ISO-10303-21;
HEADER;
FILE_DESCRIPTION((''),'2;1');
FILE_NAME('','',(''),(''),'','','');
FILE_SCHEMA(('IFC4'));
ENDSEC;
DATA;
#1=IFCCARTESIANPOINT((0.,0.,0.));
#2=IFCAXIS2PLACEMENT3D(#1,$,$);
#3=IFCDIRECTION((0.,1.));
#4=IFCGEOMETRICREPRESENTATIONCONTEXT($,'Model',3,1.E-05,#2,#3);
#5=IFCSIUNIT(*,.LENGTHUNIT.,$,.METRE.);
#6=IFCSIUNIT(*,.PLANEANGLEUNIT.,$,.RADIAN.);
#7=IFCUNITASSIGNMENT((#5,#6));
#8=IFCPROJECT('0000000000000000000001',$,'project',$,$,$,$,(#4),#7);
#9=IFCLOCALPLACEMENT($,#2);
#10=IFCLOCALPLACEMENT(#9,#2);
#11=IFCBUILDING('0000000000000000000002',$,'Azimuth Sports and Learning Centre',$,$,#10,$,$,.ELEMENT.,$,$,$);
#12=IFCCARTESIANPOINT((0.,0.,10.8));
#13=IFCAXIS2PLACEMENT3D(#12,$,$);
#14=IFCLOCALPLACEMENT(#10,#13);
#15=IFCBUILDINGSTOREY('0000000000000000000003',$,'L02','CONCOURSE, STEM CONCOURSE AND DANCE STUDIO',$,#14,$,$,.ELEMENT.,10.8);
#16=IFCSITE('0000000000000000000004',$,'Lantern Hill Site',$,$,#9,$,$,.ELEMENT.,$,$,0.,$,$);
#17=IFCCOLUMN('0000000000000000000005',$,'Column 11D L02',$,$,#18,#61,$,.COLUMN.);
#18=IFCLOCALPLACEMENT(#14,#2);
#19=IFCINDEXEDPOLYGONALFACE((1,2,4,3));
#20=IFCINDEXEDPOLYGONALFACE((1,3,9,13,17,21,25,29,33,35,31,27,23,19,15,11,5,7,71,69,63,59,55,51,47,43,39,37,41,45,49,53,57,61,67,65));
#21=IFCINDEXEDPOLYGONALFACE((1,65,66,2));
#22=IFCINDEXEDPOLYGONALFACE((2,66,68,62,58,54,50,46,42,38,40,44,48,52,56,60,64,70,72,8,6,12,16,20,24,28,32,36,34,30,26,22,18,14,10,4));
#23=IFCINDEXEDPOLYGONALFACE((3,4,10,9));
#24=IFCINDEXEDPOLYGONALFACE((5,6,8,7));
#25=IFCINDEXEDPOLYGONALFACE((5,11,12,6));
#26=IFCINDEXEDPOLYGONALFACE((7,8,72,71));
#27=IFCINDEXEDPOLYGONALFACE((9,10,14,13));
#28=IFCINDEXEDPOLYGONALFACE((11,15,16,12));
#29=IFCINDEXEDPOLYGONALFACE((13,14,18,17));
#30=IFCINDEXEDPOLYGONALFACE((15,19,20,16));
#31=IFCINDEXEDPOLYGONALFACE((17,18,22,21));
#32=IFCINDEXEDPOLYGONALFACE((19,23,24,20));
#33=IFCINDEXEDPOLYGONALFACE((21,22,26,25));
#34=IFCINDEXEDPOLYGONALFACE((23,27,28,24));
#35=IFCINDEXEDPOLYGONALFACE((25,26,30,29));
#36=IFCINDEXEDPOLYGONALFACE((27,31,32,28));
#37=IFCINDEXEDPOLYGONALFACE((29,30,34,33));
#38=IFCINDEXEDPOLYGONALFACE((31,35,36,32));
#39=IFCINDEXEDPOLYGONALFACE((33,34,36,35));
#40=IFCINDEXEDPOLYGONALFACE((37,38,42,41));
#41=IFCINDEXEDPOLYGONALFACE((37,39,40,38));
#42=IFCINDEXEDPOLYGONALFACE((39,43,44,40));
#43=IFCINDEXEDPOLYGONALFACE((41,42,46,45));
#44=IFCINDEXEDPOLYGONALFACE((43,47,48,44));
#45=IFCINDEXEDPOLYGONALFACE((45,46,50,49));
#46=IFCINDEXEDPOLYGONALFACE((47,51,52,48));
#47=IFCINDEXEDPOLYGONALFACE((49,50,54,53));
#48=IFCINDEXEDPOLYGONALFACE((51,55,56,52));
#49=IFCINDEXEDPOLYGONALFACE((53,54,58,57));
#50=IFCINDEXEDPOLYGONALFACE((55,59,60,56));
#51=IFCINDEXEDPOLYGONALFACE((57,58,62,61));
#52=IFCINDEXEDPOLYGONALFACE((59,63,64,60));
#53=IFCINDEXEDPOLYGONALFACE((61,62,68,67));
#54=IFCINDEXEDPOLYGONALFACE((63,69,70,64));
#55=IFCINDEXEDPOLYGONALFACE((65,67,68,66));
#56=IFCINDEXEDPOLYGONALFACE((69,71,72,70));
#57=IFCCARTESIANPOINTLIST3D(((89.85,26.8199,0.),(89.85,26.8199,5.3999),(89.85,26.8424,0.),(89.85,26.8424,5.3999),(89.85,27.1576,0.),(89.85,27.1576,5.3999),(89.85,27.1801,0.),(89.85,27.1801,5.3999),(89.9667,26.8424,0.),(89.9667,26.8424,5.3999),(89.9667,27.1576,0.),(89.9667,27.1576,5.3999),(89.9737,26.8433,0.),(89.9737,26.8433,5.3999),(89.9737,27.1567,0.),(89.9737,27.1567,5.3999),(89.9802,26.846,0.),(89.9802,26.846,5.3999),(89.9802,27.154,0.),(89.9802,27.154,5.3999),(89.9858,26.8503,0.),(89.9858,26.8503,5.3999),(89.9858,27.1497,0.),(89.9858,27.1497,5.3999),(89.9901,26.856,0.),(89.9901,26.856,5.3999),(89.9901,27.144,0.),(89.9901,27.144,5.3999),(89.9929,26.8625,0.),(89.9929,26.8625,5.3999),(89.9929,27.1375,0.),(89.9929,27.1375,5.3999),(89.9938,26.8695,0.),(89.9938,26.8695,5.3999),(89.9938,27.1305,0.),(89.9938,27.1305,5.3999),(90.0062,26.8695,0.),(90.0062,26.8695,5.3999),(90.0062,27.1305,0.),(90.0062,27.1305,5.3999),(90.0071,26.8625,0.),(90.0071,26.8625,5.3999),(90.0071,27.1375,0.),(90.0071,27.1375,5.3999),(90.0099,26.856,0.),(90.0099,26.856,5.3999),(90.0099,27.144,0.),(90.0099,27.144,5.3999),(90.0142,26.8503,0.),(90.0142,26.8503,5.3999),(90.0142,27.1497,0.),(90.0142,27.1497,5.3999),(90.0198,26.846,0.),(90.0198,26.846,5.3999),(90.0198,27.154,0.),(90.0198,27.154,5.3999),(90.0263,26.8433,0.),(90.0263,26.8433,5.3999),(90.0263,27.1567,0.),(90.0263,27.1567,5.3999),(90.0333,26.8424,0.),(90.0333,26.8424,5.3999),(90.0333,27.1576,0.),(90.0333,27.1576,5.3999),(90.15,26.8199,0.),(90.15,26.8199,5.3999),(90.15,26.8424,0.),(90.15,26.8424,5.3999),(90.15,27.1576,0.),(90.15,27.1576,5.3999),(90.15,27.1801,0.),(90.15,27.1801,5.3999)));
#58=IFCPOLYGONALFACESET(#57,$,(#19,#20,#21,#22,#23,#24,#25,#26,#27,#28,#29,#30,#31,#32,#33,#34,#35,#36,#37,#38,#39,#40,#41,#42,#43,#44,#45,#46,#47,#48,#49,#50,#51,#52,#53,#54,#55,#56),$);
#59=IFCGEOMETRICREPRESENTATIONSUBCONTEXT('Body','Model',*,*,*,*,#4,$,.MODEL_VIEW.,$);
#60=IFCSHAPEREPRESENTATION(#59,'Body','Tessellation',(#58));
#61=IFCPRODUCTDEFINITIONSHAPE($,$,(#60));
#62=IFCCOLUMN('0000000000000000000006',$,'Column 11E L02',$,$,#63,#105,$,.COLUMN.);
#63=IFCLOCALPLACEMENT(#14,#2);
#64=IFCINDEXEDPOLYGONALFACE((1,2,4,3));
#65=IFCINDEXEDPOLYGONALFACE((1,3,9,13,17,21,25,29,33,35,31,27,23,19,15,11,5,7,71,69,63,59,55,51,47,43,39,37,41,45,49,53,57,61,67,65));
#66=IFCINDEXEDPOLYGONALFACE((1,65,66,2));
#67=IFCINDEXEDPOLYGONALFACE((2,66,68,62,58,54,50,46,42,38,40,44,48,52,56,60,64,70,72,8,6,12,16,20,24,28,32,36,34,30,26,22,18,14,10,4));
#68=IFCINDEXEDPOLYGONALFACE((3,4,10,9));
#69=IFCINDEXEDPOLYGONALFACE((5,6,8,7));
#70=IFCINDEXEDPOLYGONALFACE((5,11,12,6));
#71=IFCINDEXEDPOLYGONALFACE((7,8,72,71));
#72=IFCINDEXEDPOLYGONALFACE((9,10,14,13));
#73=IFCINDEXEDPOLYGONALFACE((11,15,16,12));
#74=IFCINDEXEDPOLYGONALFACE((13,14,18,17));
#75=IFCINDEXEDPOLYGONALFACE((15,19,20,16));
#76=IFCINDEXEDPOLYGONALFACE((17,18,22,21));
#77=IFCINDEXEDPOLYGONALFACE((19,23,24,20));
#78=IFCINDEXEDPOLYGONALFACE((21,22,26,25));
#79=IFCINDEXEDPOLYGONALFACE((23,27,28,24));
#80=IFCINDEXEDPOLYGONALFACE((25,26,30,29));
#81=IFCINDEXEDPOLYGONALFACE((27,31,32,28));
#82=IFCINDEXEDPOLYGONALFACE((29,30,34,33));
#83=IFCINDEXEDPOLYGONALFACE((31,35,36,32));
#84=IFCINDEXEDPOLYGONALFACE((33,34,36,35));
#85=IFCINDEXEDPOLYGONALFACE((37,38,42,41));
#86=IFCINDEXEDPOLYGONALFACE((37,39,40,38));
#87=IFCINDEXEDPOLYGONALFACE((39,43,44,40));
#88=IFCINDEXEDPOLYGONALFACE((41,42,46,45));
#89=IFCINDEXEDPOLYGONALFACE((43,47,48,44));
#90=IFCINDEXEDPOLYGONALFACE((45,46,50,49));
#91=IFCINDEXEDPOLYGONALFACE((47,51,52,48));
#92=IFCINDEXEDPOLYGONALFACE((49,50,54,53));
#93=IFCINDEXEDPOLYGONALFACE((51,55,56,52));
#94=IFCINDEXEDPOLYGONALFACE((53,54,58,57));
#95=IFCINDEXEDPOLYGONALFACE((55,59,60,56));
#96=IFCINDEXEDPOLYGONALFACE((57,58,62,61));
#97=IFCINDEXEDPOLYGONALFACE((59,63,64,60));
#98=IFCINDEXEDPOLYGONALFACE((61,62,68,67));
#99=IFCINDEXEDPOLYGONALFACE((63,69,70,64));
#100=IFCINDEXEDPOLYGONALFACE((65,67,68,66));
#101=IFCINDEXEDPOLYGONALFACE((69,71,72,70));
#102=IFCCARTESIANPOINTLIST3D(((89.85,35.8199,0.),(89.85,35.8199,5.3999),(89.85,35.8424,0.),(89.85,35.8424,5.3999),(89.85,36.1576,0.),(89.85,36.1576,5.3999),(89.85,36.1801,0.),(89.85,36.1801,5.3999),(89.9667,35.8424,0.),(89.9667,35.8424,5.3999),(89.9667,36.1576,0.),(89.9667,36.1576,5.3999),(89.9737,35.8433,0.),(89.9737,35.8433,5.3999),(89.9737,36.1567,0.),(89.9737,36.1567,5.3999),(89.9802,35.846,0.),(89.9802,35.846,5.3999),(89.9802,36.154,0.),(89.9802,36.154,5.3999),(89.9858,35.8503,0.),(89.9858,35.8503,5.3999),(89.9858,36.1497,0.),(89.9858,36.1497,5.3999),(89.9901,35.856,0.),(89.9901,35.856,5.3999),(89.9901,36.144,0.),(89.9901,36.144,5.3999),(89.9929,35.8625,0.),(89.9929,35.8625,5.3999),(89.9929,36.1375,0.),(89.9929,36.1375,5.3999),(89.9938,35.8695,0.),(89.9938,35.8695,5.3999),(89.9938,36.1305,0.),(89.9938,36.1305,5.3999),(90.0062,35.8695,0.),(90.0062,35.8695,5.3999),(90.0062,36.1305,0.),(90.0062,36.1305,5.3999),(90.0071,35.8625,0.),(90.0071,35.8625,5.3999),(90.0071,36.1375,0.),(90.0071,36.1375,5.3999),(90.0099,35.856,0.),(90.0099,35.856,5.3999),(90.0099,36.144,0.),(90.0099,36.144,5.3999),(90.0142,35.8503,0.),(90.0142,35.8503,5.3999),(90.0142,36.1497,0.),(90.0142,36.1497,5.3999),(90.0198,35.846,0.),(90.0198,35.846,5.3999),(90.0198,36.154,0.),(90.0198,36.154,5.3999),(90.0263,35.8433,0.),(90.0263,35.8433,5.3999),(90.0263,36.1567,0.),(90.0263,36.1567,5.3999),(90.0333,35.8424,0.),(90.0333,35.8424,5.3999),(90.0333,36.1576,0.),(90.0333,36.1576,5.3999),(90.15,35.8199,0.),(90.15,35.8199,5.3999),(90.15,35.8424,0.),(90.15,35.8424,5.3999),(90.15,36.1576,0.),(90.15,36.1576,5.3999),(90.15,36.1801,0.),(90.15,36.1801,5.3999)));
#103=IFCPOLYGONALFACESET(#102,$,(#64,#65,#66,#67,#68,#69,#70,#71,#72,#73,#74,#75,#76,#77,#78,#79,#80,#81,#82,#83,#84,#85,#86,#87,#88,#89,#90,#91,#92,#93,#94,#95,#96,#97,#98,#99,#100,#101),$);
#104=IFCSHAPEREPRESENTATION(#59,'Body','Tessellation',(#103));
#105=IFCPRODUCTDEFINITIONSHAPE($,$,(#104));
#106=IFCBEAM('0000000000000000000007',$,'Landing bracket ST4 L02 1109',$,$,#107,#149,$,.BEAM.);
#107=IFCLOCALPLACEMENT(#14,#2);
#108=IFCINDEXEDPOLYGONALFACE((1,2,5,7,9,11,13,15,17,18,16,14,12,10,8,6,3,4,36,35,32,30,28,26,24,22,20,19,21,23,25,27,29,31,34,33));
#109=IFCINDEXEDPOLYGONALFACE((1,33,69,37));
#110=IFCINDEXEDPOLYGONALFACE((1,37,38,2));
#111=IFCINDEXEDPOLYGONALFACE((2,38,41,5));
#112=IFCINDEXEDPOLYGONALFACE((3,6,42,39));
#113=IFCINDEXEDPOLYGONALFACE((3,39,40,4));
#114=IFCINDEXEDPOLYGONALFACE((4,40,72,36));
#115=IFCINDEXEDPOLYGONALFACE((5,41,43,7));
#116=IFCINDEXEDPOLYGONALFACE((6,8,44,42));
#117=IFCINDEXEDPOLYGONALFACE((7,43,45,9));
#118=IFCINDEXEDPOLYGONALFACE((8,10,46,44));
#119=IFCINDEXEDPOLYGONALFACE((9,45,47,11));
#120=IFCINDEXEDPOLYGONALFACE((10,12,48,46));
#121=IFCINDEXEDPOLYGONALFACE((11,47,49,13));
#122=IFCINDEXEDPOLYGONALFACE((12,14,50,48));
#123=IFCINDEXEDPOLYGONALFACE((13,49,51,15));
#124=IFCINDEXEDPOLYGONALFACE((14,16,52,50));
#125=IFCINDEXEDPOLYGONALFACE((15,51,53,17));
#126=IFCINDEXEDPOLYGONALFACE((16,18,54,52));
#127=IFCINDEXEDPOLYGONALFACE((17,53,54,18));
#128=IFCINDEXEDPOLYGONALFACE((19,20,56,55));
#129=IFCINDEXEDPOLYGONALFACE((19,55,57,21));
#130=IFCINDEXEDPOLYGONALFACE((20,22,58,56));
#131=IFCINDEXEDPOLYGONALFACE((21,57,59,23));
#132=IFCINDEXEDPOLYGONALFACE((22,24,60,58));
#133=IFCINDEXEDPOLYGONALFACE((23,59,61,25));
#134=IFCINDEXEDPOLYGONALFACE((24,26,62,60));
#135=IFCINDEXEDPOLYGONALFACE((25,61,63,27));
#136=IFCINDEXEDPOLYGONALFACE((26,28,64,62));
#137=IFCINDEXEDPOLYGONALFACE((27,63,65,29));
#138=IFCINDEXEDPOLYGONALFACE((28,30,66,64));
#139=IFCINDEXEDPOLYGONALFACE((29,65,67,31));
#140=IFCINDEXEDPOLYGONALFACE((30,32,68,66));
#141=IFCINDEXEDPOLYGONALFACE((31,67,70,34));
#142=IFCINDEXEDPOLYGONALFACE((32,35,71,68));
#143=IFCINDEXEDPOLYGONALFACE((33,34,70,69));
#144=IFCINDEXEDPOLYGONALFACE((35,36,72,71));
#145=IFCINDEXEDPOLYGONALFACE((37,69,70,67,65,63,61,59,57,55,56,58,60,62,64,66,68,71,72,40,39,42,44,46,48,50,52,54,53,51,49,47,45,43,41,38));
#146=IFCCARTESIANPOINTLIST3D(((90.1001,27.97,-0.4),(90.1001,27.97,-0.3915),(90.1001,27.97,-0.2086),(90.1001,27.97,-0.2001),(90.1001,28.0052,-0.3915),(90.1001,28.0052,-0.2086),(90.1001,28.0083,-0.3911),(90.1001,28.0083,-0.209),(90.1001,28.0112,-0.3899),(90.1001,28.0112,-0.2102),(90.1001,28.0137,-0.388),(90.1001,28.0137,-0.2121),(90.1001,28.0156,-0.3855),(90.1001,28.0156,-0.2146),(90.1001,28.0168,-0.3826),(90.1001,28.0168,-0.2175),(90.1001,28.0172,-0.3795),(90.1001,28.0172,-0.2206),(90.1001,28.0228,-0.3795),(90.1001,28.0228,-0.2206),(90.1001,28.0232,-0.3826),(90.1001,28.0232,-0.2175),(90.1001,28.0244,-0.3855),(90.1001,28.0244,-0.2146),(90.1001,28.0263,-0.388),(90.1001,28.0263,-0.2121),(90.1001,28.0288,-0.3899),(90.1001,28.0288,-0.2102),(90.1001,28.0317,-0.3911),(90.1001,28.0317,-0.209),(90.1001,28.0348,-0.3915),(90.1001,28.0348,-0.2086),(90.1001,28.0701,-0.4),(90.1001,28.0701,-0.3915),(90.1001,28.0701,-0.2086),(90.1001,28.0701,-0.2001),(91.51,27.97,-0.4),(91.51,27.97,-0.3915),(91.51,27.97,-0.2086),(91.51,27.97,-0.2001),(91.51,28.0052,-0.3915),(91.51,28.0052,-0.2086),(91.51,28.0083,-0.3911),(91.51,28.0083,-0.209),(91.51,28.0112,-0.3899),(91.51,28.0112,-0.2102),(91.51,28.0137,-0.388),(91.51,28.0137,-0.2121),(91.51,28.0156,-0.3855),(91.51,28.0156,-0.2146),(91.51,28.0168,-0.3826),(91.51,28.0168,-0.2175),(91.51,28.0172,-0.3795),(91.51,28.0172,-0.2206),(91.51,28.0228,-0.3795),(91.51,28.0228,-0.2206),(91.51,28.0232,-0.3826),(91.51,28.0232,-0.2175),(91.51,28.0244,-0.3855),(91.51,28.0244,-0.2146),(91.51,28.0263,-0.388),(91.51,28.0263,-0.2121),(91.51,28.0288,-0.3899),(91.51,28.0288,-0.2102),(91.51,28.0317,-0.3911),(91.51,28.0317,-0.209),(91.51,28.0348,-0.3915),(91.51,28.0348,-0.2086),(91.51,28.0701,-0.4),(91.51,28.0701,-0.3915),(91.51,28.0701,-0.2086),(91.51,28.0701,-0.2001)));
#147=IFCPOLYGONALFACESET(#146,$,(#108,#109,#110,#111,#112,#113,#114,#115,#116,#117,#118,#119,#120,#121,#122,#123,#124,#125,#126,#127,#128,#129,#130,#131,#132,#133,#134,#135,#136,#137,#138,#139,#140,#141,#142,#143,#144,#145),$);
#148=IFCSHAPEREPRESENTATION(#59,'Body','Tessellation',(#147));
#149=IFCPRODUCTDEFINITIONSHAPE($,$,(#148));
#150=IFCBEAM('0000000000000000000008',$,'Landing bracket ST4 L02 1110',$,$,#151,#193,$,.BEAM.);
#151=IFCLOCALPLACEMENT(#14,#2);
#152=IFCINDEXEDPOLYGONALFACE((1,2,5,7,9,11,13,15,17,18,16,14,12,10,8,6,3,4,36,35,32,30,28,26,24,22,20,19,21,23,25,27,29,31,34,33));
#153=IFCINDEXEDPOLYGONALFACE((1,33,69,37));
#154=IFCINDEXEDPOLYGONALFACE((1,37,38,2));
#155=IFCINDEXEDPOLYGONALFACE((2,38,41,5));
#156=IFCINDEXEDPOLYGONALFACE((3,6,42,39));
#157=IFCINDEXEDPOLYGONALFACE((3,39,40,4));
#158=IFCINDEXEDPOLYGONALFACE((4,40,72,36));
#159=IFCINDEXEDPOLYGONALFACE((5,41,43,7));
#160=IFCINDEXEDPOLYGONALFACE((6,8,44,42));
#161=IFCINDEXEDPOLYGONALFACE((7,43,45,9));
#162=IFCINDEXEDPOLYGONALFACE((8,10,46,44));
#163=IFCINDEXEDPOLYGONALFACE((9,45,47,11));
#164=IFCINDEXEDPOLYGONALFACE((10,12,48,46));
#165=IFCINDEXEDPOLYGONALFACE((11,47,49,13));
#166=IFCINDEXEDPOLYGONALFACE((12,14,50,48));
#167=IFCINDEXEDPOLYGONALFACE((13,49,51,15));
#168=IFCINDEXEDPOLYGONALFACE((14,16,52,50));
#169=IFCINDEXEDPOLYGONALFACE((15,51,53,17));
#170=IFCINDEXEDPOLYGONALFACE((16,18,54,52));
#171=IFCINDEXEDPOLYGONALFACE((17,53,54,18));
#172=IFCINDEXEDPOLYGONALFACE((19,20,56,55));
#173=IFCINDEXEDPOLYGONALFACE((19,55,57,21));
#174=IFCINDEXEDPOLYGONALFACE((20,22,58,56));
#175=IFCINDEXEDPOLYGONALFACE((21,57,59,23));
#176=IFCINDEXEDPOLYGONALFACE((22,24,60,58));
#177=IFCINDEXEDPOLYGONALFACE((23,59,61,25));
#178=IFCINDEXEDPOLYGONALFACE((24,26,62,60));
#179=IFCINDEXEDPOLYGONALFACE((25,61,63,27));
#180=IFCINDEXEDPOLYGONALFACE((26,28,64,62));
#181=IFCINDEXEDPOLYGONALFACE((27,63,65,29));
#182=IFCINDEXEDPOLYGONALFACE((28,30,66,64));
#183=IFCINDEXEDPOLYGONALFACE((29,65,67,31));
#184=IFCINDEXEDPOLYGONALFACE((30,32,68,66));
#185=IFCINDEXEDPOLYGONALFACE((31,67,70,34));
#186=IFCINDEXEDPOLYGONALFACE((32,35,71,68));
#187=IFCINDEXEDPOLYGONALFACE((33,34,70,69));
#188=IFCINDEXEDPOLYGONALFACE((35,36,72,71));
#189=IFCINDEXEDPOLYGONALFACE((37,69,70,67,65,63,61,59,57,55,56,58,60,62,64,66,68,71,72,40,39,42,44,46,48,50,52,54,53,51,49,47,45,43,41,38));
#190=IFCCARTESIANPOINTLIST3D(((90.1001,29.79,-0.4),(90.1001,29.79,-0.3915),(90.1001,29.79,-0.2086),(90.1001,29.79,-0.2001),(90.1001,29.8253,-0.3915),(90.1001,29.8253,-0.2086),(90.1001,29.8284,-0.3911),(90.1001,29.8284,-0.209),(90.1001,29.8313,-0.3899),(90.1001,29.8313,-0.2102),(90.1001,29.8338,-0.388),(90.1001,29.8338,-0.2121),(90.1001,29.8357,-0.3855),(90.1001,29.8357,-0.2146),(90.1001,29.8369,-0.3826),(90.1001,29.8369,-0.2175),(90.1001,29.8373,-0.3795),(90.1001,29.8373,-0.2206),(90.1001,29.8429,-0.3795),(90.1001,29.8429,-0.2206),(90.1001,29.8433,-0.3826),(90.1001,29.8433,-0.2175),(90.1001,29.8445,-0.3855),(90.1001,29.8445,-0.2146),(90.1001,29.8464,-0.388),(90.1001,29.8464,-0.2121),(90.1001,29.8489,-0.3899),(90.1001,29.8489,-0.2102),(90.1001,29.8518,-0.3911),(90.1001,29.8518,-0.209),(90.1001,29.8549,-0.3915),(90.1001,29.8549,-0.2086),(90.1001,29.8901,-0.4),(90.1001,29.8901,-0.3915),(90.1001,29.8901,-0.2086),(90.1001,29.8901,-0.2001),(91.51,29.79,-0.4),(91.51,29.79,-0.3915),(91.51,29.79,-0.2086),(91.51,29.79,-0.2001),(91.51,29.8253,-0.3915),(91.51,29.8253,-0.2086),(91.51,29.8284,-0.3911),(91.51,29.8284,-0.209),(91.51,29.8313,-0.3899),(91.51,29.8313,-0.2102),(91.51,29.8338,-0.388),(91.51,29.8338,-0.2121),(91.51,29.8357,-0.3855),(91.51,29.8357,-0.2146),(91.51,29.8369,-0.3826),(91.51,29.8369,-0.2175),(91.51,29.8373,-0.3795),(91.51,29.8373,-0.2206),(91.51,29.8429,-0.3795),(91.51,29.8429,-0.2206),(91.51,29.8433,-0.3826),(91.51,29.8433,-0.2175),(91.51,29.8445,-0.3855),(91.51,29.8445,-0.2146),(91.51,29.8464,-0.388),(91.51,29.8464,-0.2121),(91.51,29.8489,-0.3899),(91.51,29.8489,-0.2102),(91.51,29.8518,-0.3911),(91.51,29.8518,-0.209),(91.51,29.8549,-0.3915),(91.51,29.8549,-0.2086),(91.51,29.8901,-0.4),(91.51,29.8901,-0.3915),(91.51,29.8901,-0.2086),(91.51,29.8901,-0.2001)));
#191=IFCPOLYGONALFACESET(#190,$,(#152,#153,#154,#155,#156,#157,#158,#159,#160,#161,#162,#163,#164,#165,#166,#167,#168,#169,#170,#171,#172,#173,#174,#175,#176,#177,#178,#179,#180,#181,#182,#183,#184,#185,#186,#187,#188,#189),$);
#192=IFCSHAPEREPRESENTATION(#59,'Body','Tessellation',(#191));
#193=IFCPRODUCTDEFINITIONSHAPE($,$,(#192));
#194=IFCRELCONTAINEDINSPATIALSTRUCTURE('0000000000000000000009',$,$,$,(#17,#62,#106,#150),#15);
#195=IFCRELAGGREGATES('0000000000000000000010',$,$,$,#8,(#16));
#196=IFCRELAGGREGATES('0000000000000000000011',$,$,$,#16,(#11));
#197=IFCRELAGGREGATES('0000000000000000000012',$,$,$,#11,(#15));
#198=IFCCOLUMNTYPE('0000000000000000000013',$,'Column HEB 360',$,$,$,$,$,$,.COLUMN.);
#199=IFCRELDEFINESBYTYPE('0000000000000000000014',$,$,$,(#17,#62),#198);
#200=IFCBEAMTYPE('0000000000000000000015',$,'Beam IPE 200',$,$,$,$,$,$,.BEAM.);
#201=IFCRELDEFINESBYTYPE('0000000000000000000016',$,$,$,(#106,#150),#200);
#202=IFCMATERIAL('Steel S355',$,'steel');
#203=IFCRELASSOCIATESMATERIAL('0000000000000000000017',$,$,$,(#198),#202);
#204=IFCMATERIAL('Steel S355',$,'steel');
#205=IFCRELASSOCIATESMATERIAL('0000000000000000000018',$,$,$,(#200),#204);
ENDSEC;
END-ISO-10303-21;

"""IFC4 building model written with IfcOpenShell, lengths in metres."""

from ifc_helpers import new_model, si_unit, direction, frame, origin, origin_2d, place, context, subcontext, project, spatial, i_section, extrude, material, material_profile, profile_set, type_object, element, save


model = new_model("IFC4")

# Units and contexts
model_context = context("Model", 3, precision=1e-05, world=origin(), true_north=direction((0.0, 1.0)))
body_context = subcontext(model_context, "Body", "Model", "MODEL_VIEW")
ifc_project = project(units=[si_unit("LENGTHUNIT", "METRE"), si_unit("PLANEANGLEUNIT", "RADIAN")], contexts=[model_context])

# Site, building, storey
site_placement = place(None, origin())
site = spatial("IfcSite", under=ifc_project, at=site_placement, Name="Lantern Hill Site", CompositionType="ELEMENT", RefElevation=0.0)
building_placement = place(site_placement, origin())
building = spatial("IfcBuilding", under=site, at=building_placement, Name="Azimuth Sports and Learning Centre", CompositionType="ELEMENT")
storey_placement = place(building_placement, frame((0.0, 0.0, 10.8)))
storey = spatial("IfcBuildingStorey", under=building, at=storey_placement, Name="L02", Description="CONCOURSE, STEM CONCOURSE AND DANCE STUDIO", CompositionType="ELEMENT", Elevation=10.8)

# Columns
ifc_material_1 = material(Name="Steel S355", Category="steel")
ifc_material_profile_1 = material_profile(ifc_material_1, i_section(OverallWidth=0.3, OverallDepth=0.3601, WebThickness=0.0125, FlangeThickness=0.0225, FilletRadius=0.0271, at=origin_2d()), Name="HEB 360")
ifc_profile_set_1 = profile_set([ifc_material_profile_1], Name="Steel S355")
column_type = type_object("IfcColumnType", Name="Column HEB 360", PredefinedType="COLUMN", material=ifc_profile_set_1)
for number, where, z_axis, x_axis, name in (
    (1, (90.0, 27.0, 0.0), (0.0, 0.0, 1.0), (1.0, 0.0, 0.0), "Column 11D L02"),
    (2, (90.0, 36.0, 0.0), (0.0, 0.0, 1.0), (1.0, 0.0, 0.0), "Column 11E L02"),
):
    element("IfcColumn", number, at=place(storey_placement, frame(where, z_axis=z_axis, x_axis=x_axis)), inside=storey, type_object=column_type, Name=name, PredefinedType="COLUMN", context=body_context, shape_type="SweptSolid", body=[
        extrude(i_section(OverallWidth=0.3, OverallDepth=0.3601, WebThickness=0.0125, FlangeThickness=0.0225, FilletRadius=0.0271, at=origin_2d()), origin(), (0.0, 0.0, 1.0), 5.3999),
    ])

# Beams
ifc_material_2 = material(Name="Steel S355", Category="steel")
ifc_material_profile_2 = material_profile(ifc_material_2, i_section(OverallWidth=0.1001, OverallDepth=0.2, WebThickness=0.0056, FlangeThickness=0.0085, FilletRadius=0.012, at=origin_2d()), Name="IPE 200")
ifc_profile_set_2 = profile_set([ifc_material_profile_2], Name="Steel S355")
beam_type_1 = type_object("IfcBeamType", Name="Beam IPE 200", PredefinedType="BEAM", material=ifc_profile_set_2)
for number, where, z_axis, x_axis, name in (
    (3, (90.1001, 28.02, -0.3), (1.0, 0.0, 0.0), (0.0, 1.0, 0.0), "Landing bracket ST4 L02 1109"),
    (4, (90.1001, 29.8401, -0.3), (1.0, 0.0, 0.0), (0.0, 1.0, 0.0), "Landing bracket ST4 L02 1110"),
):
    element("IfcBeam", number, at=place(storey_placement, frame(where, z_axis=z_axis, x_axis=x_axis)), inside=storey, type_object=beam_type_1, Name=name, PredefinedType="BEAM", context=body_context, shape_type="SweptSolid", body=[
        extrude(i_section(OverallWidth=0.1001, OverallDepth=0.2, WebThickness=0.0056, FlangeThickness=0.0085, FilletRadius=0.012, at=origin_2d()), origin(), (0.0, 0.0, 1.0), 1.4099),
    ])

save(model, "model.ifc")
